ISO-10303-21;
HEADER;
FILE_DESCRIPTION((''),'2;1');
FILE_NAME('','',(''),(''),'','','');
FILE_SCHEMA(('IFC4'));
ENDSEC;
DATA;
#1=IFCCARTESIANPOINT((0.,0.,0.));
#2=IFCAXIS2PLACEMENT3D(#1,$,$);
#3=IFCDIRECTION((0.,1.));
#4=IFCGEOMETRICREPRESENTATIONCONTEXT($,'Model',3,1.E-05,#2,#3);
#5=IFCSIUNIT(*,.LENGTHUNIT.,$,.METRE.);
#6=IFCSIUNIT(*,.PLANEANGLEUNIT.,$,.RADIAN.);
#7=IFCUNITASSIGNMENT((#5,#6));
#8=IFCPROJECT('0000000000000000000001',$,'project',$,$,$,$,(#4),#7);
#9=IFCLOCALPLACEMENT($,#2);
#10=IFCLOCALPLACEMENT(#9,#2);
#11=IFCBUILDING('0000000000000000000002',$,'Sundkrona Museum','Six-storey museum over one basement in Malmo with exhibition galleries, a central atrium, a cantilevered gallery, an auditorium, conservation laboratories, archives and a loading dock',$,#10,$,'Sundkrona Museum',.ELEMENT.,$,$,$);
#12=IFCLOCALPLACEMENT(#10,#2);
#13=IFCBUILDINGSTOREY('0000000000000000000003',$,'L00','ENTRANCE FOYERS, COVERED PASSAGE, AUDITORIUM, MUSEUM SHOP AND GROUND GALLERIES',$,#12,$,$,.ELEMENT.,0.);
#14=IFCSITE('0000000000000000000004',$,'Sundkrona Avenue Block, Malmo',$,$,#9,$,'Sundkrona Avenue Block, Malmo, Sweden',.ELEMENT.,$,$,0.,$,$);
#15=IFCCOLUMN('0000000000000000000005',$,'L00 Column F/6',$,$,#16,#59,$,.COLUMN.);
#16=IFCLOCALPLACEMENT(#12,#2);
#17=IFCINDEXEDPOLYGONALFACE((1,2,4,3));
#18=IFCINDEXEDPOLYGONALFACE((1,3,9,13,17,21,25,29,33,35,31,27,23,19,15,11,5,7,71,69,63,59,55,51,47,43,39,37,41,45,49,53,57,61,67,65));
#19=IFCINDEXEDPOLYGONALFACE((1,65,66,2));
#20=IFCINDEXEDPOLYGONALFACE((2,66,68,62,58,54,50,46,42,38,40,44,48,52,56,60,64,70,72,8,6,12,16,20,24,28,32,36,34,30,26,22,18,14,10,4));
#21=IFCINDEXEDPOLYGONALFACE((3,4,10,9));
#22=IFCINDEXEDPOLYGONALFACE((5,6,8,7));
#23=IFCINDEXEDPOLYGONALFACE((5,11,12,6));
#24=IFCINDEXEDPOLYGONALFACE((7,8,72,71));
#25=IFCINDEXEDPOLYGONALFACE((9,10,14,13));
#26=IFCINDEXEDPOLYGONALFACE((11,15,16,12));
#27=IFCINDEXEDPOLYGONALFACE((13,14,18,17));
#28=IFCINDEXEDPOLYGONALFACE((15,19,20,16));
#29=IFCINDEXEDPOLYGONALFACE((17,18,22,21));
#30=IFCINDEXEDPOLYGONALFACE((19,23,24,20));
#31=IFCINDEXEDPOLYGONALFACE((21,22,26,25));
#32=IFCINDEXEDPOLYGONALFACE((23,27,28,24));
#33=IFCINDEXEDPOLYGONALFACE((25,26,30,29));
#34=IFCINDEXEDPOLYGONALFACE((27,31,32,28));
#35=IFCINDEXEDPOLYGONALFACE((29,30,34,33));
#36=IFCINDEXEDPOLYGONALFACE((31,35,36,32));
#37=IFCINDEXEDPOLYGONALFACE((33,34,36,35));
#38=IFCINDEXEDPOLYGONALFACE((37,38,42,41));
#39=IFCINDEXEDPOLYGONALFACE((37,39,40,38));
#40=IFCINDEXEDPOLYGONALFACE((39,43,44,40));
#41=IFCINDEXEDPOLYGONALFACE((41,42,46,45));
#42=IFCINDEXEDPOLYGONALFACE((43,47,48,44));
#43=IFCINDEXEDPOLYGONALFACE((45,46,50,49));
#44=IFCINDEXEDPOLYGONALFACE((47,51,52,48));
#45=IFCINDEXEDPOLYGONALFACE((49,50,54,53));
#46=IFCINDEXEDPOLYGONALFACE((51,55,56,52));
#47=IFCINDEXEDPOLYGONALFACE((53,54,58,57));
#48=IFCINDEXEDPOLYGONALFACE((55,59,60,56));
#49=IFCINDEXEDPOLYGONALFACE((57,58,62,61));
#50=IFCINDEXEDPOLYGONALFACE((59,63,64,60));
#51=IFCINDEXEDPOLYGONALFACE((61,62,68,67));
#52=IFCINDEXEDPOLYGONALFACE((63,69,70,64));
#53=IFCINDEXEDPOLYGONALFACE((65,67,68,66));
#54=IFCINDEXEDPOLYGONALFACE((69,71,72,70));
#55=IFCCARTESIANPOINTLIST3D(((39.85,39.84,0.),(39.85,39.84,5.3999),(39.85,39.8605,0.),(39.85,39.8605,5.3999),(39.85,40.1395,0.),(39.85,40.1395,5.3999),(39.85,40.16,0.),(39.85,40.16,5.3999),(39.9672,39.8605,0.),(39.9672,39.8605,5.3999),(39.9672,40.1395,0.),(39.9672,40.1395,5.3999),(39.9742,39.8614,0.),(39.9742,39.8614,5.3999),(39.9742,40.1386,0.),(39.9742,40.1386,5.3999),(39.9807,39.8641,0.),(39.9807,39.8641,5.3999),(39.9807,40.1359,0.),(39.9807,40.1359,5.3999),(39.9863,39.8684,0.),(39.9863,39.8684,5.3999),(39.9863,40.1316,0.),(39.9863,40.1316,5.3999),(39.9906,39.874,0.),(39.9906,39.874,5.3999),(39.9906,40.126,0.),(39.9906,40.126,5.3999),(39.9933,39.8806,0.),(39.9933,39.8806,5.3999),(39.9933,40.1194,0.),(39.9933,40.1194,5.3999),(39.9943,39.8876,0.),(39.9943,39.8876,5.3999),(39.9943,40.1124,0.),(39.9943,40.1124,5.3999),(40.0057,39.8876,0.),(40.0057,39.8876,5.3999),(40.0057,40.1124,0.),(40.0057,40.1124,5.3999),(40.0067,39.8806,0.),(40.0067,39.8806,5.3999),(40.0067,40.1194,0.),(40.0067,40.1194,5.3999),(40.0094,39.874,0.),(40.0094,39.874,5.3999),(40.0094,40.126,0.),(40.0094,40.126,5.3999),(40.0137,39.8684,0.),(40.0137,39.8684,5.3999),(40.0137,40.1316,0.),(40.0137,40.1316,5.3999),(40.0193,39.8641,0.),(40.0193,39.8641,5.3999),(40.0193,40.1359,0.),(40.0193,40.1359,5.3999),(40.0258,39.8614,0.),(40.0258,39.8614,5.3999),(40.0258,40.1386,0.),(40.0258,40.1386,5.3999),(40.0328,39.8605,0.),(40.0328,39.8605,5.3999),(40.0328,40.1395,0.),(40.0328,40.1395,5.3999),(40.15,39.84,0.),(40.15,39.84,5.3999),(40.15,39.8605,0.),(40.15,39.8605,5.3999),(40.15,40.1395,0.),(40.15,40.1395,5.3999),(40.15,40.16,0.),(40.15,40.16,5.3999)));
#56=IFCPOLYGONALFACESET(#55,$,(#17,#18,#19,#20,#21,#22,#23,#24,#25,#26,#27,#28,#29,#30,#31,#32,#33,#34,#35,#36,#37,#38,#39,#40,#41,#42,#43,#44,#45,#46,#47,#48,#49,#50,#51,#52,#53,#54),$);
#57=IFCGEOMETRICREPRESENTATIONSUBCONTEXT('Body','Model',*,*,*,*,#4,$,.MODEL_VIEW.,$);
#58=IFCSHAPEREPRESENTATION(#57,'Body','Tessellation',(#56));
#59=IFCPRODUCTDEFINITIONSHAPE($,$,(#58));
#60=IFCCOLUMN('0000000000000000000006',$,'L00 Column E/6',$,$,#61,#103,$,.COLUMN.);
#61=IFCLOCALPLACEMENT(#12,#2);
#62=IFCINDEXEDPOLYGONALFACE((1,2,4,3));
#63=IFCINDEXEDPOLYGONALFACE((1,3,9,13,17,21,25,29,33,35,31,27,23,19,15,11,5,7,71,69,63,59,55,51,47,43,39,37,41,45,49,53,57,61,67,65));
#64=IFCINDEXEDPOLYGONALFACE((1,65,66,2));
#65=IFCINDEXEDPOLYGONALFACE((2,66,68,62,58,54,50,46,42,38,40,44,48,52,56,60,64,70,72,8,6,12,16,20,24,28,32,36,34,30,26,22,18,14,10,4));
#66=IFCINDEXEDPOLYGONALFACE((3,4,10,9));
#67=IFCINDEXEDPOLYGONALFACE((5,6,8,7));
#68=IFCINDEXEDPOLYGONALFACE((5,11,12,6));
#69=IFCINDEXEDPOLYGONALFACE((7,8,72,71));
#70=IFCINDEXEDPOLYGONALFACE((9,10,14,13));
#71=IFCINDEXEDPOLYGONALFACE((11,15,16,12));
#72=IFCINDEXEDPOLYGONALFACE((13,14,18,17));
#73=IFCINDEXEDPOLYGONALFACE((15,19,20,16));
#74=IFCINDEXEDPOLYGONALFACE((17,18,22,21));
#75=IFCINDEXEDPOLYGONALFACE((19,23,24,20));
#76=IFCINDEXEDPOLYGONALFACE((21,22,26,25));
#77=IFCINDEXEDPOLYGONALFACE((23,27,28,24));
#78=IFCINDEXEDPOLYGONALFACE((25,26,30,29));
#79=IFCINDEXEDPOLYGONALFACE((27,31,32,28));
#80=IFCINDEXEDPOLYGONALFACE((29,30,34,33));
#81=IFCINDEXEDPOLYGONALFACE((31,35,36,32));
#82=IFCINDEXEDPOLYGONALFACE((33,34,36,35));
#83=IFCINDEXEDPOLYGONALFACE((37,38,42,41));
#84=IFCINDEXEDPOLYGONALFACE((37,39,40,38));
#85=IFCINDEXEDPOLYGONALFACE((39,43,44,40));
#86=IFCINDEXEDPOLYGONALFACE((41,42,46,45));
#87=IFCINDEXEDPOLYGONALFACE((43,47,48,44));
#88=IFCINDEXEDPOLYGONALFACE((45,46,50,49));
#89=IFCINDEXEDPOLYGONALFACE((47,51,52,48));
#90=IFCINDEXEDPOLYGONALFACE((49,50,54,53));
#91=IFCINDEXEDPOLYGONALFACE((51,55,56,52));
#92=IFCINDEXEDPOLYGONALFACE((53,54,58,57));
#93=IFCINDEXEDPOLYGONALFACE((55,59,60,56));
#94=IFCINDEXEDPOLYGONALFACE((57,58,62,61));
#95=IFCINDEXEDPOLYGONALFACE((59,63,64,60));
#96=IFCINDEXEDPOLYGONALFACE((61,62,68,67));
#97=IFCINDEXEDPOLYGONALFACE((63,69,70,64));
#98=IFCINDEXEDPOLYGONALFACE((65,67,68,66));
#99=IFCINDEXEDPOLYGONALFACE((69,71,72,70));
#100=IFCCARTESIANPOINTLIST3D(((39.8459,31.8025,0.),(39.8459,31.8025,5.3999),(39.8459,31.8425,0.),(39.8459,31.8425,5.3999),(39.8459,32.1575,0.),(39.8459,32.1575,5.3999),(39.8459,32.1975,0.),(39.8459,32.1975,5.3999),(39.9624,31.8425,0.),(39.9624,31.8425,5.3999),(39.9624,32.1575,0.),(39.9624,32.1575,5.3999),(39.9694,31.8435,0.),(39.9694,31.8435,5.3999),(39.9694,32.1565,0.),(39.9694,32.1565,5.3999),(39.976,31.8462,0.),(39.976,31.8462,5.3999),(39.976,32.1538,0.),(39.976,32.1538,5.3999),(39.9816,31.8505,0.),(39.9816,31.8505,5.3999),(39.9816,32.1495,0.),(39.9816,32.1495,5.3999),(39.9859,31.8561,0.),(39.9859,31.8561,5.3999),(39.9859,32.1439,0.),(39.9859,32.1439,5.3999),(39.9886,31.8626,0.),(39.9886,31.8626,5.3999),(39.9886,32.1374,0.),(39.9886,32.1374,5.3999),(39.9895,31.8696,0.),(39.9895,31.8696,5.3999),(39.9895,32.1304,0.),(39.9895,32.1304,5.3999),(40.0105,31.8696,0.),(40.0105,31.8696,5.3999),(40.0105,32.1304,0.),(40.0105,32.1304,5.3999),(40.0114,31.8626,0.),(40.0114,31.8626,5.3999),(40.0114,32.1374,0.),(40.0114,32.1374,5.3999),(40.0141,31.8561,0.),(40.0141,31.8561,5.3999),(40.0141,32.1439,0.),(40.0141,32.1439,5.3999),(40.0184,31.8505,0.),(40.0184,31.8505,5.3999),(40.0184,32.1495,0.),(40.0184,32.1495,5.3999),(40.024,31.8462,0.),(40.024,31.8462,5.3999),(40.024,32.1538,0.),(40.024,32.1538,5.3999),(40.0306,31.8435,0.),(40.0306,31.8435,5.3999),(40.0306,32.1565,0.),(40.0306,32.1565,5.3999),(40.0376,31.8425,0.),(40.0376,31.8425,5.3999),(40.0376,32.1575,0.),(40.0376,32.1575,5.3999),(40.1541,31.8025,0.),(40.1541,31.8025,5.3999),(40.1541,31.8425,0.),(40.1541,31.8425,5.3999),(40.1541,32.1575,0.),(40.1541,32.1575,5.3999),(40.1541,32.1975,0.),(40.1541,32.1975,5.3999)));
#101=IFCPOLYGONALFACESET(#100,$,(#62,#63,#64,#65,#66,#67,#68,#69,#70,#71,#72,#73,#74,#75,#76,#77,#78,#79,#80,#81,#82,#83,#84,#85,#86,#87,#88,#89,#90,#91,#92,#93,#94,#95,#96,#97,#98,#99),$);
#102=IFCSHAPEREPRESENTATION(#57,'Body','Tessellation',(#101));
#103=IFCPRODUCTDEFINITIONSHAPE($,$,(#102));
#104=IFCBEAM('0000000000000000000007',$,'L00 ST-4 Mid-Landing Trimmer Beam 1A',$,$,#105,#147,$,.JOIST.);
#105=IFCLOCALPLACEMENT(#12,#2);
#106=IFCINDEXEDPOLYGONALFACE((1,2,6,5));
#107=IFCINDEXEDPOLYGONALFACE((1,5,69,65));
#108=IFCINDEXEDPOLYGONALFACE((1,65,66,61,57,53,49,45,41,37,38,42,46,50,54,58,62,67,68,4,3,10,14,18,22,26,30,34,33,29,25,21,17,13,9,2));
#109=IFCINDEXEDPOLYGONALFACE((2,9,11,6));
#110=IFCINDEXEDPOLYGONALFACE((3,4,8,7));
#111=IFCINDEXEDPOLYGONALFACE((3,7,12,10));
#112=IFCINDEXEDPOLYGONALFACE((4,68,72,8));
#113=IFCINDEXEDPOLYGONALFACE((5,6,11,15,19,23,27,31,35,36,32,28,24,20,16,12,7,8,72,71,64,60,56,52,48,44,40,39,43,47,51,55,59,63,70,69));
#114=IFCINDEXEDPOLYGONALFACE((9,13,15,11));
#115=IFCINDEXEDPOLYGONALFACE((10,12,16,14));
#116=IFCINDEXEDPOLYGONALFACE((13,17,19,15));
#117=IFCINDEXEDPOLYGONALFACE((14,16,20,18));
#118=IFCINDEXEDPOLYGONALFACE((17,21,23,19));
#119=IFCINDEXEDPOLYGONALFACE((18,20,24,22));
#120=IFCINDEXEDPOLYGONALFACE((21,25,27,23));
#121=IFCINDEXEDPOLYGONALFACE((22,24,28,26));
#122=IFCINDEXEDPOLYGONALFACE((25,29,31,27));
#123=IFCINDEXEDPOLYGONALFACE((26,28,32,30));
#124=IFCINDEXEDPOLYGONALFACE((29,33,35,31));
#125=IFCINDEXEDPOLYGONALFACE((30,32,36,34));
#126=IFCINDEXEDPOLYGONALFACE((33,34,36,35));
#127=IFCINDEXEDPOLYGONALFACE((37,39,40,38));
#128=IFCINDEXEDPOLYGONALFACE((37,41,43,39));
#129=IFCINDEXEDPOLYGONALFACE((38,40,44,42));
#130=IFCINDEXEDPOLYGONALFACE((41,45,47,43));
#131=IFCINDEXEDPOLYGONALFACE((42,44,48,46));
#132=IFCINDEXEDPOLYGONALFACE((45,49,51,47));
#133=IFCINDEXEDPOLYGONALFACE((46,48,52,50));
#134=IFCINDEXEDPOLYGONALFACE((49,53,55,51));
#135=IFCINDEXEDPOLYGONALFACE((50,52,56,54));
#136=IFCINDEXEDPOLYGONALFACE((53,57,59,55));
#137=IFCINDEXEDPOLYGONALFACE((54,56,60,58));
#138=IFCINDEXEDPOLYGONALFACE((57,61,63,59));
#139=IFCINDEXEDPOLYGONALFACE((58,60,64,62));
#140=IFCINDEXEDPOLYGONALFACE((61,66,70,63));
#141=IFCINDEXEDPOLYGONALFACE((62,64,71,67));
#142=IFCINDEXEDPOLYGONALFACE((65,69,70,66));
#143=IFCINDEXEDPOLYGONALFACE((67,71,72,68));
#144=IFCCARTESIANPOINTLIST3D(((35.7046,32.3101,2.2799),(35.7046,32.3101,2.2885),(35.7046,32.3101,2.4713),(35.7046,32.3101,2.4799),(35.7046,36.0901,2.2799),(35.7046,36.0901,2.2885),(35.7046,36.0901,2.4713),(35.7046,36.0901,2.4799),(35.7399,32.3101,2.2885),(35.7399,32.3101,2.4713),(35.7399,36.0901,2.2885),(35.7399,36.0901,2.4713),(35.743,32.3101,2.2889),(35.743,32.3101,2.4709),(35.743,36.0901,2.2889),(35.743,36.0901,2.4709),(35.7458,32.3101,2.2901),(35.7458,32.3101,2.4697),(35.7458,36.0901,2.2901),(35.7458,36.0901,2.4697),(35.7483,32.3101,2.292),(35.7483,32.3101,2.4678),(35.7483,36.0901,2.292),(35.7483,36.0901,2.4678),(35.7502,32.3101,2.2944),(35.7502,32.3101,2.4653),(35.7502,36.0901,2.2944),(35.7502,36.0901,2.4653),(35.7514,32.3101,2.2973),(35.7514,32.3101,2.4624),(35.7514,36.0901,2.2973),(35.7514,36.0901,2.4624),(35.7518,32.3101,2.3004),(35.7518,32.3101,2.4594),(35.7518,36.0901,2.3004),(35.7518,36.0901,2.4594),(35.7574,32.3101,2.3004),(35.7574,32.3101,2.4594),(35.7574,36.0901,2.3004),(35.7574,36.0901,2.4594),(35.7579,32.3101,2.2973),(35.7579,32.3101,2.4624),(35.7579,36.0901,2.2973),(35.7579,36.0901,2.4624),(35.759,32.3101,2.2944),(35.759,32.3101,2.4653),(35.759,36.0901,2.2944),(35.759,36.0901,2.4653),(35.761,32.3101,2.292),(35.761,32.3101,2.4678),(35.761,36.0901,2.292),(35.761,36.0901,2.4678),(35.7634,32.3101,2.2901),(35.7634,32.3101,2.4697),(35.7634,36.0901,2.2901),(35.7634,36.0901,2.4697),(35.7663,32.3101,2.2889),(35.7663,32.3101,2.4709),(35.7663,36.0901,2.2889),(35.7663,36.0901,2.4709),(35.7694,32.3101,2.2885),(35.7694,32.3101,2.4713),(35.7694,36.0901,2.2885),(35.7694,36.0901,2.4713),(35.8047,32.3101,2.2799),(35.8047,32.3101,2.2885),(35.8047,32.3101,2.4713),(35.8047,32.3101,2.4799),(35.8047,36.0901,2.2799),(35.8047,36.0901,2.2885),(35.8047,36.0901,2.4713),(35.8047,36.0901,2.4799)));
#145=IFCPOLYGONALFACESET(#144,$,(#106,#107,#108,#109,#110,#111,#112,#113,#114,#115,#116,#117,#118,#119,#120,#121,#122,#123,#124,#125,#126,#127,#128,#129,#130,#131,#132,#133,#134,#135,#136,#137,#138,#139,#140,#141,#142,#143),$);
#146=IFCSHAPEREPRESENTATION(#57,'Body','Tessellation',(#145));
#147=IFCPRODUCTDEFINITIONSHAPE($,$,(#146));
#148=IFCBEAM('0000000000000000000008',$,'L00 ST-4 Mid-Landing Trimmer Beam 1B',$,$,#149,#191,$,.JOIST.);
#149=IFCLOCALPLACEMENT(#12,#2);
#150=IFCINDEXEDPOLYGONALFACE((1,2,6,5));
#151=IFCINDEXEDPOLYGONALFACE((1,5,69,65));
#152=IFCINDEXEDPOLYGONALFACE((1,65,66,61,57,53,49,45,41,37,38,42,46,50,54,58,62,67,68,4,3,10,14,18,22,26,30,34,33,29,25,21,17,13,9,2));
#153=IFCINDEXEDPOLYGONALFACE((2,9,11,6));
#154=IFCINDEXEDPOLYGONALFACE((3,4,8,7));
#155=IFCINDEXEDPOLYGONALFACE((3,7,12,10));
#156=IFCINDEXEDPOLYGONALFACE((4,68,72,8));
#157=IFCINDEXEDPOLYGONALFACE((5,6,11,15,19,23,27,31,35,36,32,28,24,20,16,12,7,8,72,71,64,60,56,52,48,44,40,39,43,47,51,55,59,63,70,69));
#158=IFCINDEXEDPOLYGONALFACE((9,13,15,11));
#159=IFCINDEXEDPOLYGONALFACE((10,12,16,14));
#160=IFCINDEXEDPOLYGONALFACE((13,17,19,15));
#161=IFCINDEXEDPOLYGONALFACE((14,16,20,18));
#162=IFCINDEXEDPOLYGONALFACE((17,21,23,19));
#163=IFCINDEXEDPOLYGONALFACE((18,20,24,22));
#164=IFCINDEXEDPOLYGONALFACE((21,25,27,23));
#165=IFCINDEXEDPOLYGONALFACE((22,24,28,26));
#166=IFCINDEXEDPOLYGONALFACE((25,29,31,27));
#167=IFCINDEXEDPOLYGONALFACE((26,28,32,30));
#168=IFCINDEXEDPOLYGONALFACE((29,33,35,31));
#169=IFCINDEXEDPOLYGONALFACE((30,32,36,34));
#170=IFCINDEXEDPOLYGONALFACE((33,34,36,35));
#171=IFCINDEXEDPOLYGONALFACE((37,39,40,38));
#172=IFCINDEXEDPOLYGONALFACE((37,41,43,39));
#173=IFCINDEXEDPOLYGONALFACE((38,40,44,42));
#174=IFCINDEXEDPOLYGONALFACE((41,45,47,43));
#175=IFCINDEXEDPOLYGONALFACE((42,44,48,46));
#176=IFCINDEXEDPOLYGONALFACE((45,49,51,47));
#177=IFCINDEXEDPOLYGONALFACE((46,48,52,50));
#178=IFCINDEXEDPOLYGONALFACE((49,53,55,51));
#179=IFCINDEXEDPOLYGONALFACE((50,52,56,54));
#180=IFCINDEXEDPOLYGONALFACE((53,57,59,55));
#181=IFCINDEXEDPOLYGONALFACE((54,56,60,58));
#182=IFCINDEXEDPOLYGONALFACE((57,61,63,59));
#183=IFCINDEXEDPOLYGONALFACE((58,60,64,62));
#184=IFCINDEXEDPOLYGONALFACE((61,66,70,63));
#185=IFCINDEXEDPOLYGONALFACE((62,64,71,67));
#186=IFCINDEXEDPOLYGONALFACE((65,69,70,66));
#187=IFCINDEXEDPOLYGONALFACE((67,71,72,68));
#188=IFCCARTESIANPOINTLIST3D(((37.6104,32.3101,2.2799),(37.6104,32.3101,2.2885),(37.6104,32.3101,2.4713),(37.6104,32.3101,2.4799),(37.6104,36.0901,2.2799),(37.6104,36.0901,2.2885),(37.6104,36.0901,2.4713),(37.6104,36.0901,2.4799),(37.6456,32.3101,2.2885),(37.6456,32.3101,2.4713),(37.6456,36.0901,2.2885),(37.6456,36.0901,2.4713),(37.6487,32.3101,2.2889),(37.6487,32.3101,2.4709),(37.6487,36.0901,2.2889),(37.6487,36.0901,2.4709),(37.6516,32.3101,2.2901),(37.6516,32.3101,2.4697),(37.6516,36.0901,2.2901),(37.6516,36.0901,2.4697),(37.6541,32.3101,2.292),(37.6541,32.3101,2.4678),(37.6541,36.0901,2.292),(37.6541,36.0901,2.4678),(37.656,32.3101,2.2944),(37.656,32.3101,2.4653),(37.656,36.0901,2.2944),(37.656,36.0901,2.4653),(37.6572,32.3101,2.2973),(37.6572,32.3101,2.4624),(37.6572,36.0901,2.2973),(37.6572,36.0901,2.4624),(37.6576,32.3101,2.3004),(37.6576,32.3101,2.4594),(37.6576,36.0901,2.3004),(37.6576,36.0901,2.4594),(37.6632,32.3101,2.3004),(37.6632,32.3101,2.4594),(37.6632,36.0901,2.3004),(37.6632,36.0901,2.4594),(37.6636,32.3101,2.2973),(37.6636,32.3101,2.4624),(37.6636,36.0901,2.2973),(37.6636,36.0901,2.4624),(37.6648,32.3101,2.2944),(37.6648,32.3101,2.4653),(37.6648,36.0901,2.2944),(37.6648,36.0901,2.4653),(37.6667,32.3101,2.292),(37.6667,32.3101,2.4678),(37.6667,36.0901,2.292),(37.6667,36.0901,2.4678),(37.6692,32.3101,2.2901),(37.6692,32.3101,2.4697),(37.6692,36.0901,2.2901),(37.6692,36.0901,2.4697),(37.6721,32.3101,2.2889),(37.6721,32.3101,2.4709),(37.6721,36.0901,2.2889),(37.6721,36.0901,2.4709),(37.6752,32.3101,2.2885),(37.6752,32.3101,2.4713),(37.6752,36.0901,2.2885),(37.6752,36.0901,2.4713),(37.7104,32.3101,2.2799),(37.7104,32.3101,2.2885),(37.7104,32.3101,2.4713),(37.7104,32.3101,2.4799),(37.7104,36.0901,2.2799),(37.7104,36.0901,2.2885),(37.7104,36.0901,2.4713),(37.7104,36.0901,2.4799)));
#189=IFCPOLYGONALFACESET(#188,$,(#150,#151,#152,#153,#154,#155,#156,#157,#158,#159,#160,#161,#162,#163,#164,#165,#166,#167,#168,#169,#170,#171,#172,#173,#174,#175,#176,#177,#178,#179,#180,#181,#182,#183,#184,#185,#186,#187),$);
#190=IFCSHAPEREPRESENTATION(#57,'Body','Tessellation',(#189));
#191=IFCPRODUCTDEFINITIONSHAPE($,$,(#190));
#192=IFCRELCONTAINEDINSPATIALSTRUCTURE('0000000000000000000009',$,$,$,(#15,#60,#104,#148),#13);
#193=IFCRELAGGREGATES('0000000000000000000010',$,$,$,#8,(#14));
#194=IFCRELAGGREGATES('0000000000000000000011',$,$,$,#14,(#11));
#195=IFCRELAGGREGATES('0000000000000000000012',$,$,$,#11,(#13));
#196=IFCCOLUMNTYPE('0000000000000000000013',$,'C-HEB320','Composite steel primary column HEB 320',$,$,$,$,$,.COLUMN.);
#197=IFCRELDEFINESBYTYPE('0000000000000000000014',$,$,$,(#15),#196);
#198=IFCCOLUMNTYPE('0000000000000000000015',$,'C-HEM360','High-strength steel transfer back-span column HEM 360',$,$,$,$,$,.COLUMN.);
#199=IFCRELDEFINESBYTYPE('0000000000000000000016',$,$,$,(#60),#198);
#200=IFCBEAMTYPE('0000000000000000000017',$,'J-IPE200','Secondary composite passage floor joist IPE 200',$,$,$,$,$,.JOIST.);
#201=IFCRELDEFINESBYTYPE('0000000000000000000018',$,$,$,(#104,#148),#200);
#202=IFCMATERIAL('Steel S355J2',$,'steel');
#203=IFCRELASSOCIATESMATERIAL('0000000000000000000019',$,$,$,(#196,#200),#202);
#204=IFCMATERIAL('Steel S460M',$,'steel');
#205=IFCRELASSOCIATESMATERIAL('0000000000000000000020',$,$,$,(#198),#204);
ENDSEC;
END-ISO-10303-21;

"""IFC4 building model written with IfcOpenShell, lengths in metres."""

from ifc_helpers import new_model, si_unit, direction, frame, origin, origin_2d, place, context, subcontext, project, spatial, i_section, extrude, material, material_profile, profile_set, type_object, element, save


model = new_model("IFC4")

# Units and contexts
model_context = context("Model", 3, precision=1e-05, world=origin(), true_north=direction((0.0, 1.0)))
body_context = subcontext(model_context, "Body", "Model", "MODEL_VIEW")
ifc_project = project(units=[si_unit("LENGTHUNIT", "METRE"), si_unit("PLANEANGLEUNIT", "RADIAN")], contexts=[model_context])

# Site, building, storey
site_placement = place(None, origin())
site = spatial("IfcSite", under=ifc_project, at=site_placement, Name="Sundkrona Avenue Block, Malmo", LongName="Sundkrona Avenue Block, Malmo, Sweden", CompositionType="ELEMENT", RefElevation=0.0)
building_placement = place(site_placement, origin())
building = spatial("IfcBuilding", under=site, at=building_placement, Name="Sundkrona Museum", Description="Six-storey museum over one basement in Malmo with exhibition galleries, a central atrium, a cantilevered gallery, an auditorium, conservation laboratories, archives and a loading dock", LongName="Sundkrona Museum", CompositionType="ELEMENT")
storey_placement = place(building_placement, origin())
storey = spatial("IfcBuildingStorey", under=building, at=storey_placement, Name="L00", Description="ENTRANCE FOYERS, COVERED PASSAGE, AUDITORIUM, MUSEUM SHOP AND GROUND GALLERIES", CompositionType="ELEMENT", Elevation=0.0)

# Columns
ifc_material_1 = material(Name="Steel S355J2", Category="steel")
ifc_material_profile_1 = material_profile(ifc_material_1, i_section(OverallWidth=0.3, OverallDepth=0.3201, WebThickness=0.0115, FlangeThickness=0.0205, FilletRadius=0.0271, at=origin_2d()), Name="HEB 320")
ifc_profile_set_1 = profile_set([ifc_material_profile_1], Name="Steel S355J2")
column_type_1 = type_object("IfcColumnType", Name="C-HEB320", Description="Composite steel primary column HEB 320", PredefinedType="COLUMN", material=ifc_profile_set_1)
column_1_placement = place(storey_placement, frame((40.0, 40.0, 0.0), z_axis=(0.0, 0.0, 1.0), x_axis=(1.0, 0.0, 0.0)))
element("IfcColumn", 1, at=column_1_placement, inside=storey, type_object=column_type_1, Name="L00 Column F/6", PredefinedType="COLUMN", context=body_context, shape_type="SweptSolid", body=[
    extrude(i_section(OverallWidth=0.3, OverallDepth=0.3201, WebThickness=0.0115, FlangeThickness=0.0205, FilletRadius=0.0271, at=origin_2d()), origin(), (0.0, 0.0, 1.0), 5.3999),
])
ifc_material_2 = material(Name="Steel S460M", Category="steel")
ifc_material_profile_2 = material_profile(ifc_material_2, i_section(OverallWidth=0.3081, OverallDepth=0.395, WebThickness=0.021, FlangeThickness=0.04, FilletRadius=0.0271, at=origin_2d()), Name="HEM 360")
ifc_profile_set_2 = profile_set([ifc_material_profile_2], Name="Steel S460M")
column_type_2 = type_object("IfcColumnType", Name="C-HEM360", Description="High-strength steel transfer back-span column HEM 360", PredefinedType="COLUMN", material=ifc_profile_set_2)
column_2_placement = place(storey_placement, frame((40.0, 32.0, 0.0), z_axis=(0.0, 0.0, 1.0), x_axis=(1.0, 0.0, 0.0)))
element("IfcColumn", 2, at=column_2_placement, inside=storey, type_object=column_type_2, Name="L00 Column E/6", PredefinedType="COLUMN", context=body_context, shape_type="SweptSolid", body=[
    extrude(i_section(OverallWidth=0.3081, OverallDepth=0.395, WebThickness=0.021, FlangeThickness=0.04, FilletRadius=0.0271, at=origin_2d()), origin(), (0.0, 0.0, 1.0), 5.3999),
])

# Beams
ifc_material_profile_3 = material_profile(ifc_material_1, i_section(OverallWidth=0.1001, OverallDepth=0.2, WebThickness=0.0056, FlangeThickness=0.0085, FilletRadius=0.012, at=origin_2d()), Name="IPE 200")
ifc_profile_set_3 = profile_set([ifc_material_profile_3], Name="Steel S355J2")
beam_type_1 = type_object("IfcBeamType", Name="J-IPE200", Description="Secondary composite passage floor joist IPE 200", PredefinedType="JOIST", material=ifc_profile_set_3)
for number, where, z_axis, x_axis, name in (
    (3, (35.7546, 32.3101, 2.3799), (0.0, 1.0, 0.0), (-1.0, 0.0, 0.0), "L00 ST-4 Mid-Landing Trimmer Beam 1A"),
    (4, (37.6604, 32.3101, 2.3799), (0.0, 1.0, 0.0), (-1.0, 0.0, 0.0), "L00 ST-4 Mid-Landing Trimmer Beam 1B"),
):
    element("IfcBeam", number, at=place(storey_placement, frame(where, z_axis=z_axis, x_axis=x_axis)), inside=storey, type_object=beam_type_1, Name=name, PredefinedType="JOIST", context=body_context, shape_type="SweptSolid", body=[
        extrude(i_section(OverallWidth=0.1001, OverallDepth=0.2, WebThickness=0.0056, FlangeThickness=0.0085, FilletRadius=0.012, at=origin_2d()), origin(), (0.0, 0.0, 1.0), 3.78),
    ])

save(model, "model.ifc")
